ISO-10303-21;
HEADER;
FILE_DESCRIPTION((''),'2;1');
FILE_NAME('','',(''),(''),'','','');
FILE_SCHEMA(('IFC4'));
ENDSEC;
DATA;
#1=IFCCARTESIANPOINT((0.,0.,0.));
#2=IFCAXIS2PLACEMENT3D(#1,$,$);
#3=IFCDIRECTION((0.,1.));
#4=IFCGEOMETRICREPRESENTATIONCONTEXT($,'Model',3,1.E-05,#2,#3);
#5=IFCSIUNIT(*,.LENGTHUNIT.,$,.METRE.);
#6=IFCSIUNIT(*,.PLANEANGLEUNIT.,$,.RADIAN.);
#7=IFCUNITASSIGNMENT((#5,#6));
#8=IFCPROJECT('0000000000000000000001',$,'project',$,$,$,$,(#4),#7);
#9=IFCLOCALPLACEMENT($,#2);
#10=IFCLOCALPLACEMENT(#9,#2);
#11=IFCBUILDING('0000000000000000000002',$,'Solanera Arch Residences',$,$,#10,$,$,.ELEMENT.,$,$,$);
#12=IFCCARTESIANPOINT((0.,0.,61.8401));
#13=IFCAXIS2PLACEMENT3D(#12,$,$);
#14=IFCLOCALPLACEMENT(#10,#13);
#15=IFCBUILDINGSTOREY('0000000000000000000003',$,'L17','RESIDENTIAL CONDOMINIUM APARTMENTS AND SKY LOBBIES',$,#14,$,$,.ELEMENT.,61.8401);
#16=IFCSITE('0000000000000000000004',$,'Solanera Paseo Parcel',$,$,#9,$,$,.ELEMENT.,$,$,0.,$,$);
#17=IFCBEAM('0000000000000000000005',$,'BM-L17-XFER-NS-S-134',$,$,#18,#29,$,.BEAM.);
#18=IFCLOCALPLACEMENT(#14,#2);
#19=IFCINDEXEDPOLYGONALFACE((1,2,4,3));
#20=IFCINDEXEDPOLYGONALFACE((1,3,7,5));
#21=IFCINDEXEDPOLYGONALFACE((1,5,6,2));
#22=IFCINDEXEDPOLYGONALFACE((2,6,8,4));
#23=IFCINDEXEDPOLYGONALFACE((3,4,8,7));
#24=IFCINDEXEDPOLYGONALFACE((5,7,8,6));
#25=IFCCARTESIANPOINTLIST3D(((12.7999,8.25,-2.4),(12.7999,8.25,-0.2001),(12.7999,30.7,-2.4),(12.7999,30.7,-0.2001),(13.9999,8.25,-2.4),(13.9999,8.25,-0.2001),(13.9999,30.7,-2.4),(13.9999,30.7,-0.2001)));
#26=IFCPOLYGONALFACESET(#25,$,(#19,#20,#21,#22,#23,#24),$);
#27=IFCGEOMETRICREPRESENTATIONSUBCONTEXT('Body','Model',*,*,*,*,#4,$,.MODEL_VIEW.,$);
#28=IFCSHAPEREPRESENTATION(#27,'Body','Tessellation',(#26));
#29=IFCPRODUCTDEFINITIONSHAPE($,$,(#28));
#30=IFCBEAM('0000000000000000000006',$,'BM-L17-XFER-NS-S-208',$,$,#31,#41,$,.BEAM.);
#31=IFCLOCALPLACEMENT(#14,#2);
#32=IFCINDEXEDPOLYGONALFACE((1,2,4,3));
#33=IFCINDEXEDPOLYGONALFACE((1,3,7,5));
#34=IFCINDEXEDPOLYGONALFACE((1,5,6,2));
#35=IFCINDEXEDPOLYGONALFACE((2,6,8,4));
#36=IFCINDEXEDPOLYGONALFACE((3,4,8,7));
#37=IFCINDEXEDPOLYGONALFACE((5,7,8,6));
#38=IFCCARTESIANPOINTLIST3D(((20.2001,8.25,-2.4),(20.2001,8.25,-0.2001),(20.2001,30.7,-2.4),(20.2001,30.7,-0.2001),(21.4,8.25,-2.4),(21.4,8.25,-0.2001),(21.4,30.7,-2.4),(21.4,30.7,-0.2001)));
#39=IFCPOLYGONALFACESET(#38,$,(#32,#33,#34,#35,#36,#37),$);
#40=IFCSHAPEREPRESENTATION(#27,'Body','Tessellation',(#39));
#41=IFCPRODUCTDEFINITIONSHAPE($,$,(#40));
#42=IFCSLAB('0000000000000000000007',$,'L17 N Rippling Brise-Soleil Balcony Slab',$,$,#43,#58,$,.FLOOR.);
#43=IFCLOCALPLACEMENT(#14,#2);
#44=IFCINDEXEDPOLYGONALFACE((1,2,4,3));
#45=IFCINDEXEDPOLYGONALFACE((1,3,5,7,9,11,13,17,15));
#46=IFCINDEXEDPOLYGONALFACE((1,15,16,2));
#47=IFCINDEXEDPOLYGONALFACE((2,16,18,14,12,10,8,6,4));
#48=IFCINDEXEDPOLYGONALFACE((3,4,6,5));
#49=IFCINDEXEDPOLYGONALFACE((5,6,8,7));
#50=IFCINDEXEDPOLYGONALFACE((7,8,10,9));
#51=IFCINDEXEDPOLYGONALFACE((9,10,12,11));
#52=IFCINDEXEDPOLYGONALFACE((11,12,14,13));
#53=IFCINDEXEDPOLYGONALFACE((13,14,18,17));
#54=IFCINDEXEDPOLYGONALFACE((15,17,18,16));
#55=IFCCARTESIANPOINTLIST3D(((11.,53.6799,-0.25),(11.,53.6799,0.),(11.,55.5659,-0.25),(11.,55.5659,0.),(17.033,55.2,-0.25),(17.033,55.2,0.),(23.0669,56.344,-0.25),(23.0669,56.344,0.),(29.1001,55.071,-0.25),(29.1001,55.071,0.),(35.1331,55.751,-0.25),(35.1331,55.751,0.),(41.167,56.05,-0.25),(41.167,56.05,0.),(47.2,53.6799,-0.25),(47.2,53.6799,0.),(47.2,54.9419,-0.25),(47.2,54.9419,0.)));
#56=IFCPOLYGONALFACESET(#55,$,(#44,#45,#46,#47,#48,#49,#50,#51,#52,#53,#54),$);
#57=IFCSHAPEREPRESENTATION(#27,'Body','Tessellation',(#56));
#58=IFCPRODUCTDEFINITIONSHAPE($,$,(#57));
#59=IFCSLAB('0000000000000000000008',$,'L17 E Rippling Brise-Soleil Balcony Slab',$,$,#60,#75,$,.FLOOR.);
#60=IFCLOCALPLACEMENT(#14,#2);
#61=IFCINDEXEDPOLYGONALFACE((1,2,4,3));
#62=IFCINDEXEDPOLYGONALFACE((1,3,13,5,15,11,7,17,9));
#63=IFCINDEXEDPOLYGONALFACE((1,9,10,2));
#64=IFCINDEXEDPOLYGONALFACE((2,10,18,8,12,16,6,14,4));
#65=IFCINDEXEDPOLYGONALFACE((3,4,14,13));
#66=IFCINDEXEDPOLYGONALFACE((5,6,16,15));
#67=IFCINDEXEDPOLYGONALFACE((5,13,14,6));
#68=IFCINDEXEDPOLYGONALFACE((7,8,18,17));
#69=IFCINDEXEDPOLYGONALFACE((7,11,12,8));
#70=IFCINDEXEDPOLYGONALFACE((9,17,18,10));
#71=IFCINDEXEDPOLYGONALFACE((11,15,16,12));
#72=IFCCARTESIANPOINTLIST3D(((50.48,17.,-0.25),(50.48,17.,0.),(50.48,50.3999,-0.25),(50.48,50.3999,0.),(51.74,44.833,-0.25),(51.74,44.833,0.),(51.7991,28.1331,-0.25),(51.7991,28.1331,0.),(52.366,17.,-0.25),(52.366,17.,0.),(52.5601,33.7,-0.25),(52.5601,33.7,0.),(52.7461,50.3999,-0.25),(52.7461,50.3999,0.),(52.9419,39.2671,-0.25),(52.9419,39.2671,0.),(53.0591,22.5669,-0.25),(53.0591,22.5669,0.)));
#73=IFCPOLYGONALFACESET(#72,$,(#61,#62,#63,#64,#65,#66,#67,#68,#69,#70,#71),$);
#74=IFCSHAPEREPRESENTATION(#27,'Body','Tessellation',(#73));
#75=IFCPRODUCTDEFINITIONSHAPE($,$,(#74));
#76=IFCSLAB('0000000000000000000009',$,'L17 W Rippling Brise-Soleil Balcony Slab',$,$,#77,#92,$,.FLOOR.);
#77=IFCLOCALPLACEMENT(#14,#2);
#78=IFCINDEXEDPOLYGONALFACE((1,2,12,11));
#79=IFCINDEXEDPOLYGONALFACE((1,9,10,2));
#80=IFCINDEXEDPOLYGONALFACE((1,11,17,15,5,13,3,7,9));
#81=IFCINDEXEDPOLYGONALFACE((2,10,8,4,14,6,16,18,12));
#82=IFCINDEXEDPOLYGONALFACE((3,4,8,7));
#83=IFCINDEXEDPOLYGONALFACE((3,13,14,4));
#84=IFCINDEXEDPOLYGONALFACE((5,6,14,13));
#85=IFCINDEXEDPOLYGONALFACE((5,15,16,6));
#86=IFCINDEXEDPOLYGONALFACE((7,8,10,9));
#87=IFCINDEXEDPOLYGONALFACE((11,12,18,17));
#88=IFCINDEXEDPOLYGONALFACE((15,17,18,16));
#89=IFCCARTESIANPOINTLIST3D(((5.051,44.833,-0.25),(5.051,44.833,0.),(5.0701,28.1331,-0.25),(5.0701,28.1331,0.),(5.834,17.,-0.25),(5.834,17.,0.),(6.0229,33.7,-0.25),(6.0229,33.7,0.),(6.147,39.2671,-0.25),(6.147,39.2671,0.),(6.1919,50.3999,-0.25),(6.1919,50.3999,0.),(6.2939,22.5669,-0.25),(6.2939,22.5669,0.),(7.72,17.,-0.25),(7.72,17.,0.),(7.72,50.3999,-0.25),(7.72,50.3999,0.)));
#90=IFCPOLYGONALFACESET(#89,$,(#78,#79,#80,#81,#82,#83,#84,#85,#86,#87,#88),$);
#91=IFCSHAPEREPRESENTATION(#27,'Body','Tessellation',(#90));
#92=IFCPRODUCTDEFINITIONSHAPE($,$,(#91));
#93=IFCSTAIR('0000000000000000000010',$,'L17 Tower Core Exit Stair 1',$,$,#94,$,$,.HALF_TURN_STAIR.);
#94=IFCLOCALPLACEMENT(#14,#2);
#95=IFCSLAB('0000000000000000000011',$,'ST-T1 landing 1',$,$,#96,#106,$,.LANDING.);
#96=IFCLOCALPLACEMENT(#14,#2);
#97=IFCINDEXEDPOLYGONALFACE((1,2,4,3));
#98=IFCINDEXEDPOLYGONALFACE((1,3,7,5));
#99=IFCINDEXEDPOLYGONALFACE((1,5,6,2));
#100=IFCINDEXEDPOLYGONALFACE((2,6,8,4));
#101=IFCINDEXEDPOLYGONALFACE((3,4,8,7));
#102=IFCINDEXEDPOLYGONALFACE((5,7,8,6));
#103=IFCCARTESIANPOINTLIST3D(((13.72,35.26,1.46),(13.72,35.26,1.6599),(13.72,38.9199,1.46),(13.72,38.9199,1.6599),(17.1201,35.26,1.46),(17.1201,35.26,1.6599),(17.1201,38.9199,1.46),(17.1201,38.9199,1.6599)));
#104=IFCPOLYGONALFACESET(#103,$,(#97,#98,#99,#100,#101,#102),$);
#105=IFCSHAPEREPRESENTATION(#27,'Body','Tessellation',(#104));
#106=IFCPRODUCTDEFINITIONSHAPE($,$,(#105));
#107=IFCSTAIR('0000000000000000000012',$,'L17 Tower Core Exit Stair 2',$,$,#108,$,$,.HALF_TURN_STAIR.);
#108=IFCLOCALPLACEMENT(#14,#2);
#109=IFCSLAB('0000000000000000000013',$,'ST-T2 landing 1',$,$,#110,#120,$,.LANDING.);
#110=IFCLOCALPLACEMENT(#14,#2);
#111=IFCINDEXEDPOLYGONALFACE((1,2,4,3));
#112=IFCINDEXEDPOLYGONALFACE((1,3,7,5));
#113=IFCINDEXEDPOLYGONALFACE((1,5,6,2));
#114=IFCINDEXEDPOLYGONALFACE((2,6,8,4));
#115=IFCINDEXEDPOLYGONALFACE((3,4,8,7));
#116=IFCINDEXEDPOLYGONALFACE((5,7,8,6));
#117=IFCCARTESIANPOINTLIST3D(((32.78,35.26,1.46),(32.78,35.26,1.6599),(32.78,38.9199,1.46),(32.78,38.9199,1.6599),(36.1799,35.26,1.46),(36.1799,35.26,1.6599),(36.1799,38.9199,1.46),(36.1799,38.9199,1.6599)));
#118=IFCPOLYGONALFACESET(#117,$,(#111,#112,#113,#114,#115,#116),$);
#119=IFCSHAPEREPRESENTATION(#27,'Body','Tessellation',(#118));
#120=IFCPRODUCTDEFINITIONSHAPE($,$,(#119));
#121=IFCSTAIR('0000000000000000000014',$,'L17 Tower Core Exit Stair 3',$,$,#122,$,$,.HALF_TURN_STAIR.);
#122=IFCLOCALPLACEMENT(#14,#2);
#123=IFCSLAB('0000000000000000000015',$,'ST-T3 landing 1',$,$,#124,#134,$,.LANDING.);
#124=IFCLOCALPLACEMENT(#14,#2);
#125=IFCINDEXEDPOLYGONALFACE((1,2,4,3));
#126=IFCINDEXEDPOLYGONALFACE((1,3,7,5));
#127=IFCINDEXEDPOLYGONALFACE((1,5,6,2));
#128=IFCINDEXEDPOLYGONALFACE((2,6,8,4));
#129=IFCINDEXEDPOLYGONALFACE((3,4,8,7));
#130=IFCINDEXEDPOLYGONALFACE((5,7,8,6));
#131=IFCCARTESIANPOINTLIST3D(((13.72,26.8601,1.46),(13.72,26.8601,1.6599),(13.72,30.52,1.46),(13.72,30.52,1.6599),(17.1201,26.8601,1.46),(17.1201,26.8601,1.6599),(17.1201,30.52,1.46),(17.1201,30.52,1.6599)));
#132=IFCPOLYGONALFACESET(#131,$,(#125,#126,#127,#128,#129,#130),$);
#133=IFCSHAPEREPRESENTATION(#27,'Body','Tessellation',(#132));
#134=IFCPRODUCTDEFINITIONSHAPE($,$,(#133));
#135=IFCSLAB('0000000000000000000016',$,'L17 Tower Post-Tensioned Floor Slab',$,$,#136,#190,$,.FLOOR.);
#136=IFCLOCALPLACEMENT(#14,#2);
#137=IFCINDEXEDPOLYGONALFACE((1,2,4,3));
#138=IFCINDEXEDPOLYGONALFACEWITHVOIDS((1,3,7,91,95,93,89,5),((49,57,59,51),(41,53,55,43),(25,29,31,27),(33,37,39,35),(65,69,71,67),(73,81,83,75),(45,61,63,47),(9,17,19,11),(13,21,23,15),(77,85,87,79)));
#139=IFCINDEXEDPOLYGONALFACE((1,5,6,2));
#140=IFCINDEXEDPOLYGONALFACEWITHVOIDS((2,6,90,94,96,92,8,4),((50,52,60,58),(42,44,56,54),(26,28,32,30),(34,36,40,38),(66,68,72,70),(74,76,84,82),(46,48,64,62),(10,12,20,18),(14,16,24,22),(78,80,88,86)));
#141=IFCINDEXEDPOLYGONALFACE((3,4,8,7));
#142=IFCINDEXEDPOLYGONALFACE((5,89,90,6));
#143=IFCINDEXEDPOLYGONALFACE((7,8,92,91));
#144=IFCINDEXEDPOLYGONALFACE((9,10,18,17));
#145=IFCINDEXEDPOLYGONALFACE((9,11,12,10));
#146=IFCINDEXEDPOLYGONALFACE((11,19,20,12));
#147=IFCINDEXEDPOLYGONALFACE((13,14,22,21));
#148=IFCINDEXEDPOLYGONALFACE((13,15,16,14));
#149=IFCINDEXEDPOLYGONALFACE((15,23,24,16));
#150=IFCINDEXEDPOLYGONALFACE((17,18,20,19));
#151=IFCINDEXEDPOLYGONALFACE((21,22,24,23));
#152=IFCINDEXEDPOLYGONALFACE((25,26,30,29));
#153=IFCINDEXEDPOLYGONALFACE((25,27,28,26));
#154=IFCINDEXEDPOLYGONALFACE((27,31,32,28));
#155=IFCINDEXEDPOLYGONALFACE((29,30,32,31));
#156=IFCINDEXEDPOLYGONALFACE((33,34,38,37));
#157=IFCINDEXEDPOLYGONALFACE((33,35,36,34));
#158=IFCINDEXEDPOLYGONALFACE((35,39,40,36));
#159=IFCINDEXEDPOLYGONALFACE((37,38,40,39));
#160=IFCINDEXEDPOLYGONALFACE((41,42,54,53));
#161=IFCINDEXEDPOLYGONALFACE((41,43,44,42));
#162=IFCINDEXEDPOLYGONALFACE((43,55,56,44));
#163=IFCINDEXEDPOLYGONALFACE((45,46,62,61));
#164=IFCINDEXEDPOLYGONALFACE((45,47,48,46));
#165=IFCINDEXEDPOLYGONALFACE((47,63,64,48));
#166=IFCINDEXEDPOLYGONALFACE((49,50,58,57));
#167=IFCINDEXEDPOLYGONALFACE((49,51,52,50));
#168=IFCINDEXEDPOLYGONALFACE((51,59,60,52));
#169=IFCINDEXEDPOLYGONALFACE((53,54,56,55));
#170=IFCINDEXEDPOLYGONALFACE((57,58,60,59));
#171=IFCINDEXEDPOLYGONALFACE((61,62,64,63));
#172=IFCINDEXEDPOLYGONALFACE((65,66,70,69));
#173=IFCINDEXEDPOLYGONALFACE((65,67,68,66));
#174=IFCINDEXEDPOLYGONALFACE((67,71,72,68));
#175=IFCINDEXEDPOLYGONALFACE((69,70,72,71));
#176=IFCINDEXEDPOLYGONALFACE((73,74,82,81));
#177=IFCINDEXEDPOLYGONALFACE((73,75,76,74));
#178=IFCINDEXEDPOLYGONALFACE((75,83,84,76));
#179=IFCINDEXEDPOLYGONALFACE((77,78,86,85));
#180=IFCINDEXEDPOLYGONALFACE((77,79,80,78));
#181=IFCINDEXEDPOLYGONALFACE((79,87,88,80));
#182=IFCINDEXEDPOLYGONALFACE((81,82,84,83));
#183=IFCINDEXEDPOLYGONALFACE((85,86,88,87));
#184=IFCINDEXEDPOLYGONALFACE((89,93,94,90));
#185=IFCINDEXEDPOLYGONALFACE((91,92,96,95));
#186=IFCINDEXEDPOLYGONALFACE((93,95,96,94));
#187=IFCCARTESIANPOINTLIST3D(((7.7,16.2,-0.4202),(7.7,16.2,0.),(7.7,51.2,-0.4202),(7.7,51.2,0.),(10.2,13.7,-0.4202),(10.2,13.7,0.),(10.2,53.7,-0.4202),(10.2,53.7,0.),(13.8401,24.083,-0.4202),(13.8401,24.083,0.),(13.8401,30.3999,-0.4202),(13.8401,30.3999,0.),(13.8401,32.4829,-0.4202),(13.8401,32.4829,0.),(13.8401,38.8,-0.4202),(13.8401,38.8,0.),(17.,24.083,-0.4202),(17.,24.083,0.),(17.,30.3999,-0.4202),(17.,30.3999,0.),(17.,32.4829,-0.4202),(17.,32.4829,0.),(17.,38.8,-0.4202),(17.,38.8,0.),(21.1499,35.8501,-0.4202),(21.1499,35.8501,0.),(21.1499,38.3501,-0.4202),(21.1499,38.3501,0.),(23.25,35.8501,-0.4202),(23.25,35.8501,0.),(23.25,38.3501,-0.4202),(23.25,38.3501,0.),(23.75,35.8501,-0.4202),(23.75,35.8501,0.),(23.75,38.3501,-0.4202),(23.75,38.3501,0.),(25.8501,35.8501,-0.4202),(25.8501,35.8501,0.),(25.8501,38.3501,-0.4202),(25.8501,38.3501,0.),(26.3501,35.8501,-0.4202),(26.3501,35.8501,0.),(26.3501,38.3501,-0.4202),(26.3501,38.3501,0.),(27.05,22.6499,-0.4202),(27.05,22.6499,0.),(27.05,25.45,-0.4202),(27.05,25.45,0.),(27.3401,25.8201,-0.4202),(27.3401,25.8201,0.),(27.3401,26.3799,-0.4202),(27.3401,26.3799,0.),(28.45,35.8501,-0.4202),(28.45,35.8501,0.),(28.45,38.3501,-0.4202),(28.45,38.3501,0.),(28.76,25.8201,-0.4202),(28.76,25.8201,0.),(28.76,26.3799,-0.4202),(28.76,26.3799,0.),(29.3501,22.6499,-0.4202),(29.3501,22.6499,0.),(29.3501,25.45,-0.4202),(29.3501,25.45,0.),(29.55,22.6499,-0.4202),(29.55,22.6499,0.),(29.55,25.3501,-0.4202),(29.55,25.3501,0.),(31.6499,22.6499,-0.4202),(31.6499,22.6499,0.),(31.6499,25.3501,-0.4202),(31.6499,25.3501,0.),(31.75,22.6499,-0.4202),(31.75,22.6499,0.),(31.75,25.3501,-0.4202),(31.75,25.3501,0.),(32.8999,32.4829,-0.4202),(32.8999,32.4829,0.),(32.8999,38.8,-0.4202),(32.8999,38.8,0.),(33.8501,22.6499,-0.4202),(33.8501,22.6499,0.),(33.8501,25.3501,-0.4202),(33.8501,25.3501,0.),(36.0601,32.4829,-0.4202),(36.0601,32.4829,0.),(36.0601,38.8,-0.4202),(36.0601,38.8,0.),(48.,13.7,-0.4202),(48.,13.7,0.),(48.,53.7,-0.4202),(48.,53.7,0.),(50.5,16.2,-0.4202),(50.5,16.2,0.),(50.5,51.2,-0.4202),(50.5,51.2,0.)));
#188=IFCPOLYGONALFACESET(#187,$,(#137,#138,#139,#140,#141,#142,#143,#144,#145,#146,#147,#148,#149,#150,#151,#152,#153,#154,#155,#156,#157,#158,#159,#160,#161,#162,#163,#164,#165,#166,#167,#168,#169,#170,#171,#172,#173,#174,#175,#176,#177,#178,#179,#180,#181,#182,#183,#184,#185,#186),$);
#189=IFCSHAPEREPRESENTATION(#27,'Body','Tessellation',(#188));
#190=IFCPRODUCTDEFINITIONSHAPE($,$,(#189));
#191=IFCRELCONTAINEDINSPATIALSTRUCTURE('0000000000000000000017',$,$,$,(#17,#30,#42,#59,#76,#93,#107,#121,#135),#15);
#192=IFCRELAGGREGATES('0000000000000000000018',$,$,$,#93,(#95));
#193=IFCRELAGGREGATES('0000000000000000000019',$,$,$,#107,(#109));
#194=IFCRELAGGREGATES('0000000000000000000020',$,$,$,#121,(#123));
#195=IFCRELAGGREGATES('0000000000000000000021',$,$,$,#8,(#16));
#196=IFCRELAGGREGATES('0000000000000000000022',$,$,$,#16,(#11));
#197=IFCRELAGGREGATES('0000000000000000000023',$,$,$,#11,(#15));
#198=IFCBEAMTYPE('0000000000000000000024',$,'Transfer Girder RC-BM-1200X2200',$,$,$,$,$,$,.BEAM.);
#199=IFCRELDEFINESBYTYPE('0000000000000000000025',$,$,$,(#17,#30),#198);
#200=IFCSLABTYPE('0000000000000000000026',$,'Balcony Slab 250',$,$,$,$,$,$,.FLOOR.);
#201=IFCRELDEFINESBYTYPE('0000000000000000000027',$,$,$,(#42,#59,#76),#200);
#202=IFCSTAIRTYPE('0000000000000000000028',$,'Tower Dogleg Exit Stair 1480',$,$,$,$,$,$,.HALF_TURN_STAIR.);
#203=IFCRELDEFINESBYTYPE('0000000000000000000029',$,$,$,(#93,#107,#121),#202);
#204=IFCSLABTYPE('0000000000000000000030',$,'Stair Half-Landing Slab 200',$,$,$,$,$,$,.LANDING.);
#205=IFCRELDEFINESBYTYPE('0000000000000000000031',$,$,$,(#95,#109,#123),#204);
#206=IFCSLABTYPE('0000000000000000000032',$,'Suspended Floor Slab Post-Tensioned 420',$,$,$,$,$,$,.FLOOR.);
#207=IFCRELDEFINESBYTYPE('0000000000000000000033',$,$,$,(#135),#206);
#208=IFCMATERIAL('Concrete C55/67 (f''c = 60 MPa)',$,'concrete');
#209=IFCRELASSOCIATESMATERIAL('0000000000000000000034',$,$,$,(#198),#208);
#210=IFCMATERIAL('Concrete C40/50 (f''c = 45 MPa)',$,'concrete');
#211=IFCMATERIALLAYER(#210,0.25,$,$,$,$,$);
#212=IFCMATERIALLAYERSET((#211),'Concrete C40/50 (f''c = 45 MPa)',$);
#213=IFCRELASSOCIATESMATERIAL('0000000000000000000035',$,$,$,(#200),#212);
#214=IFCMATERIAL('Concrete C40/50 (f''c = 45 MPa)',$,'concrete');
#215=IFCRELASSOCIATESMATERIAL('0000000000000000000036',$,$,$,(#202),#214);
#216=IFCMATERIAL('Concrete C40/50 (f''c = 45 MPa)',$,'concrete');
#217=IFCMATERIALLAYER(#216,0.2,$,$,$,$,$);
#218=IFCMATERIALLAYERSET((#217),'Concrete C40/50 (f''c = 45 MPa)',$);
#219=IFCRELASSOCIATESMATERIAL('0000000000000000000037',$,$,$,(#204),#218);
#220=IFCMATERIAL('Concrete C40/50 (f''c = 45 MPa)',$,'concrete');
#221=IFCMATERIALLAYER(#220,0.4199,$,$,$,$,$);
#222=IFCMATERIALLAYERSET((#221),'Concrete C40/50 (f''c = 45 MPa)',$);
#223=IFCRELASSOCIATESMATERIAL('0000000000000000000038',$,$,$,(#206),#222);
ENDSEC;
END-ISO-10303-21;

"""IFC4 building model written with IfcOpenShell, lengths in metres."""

from ifc_helpers import new_model, si_unit, direction, frame, origin, origin_2d, place, context, subcontext, project, spatial, polyline, rectangle, outline, extrude, material, layer, layer_set, material_profile, profile_set, type_object, element, aggregate, save


model = new_model("IFC4")

# Units and contexts
model_context = context("Model", 3, precision=1e-05, world=origin(), true_north=direction((0.0, 1.0)))
body_context = subcontext(model_context, "Body", "Model", "MODEL_VIEW")
ifc_project = project(units=[si_unit("LENGTHUNIT", "METRE"), si_unit("PLANEANGLEUNIT", "RADIAN")], contexts=[model_context])

# Site, building, storey
site_placement = place(None, origin())
site = spatial("IfcSite", under=ifc_project, at=site_placement, Name="Solanera Paseo Parcel", CompositionType="ELEMENT", RefElevation=0.0)
building_placement = place(site_placement, origin())
building = spatial("IfcBuilding", under=site, at=building_placement, Name="Solanera Arch Residences", CompositionType="ELEMENT")
storey_placement = place(building_placement, frame((0.0, 0.0, 61.8401)))
storey = spatial("IfcBuildingStorey", under=building, at=storey_placement, Name="L17", Description="RESIDENTIAL CONDOMINIUM APARTMENTS AND SKY LOBBIES", CompositionType="ELEMENT", Elevation=61.8401)

# Beams
ifc_material_1 = material(Name="Concrete C55/67 (f'c = 60 MPa)", Category="concrete")
ifc_material_profile = material_profile(ifc_material_1, rectangle(XDim=1.2, YDim=2.2, at=origin_2d()))
ifc_profile_set = profile_set([ifc_material_profile], Name="Concrete C55/67 (f'c = 60 MPa)")
beam_type = type_object("IfcBeamType", Name="Transfer Girder RC-BM-1200X2200", PredefinedType="BEAM", material=ifc_profile_set)
for number, where, z_axis, x_axis, name in (
    (1, (13.3999, 8.25, -1.3), (0.0, 1.0, 0.0), (-1.0, 0.0, 0.0), "BM-L17-XFER-NS-S-134"),
    (2, (20.8, 8.25, -1.3), (0.0, 1.0, 0.0), (-1.0, 0.0, 0.0), "BM-L17-XFER-NS-S-208"),
):
    element("IfcBeam", number, at=place(storey_placement, frame(where, z_axis=z_axis, x_axis=x_axis)), inside=storey, type_object=beam_type, Name=name, PredefinedType="BEAM", context=body_context, shape_type="SweptSolid", body=[
        extrude(rectangle(XDim=1.2, YDim=2.2, at=origin_2d()), origin(), (0.0, 0.0, 1.0), 22.45),
    ])

# Slabs
ifc_material_2 = material(Name="Concrete C40/50 (f'c = 45 MPa)", Category="concrete")
ifc_layer_1 = layer(ifc_material_2, 0.25)
ifc_layer_set_1 = layer_set([ifc_layer_1], Name="Concrete C40/50 (f'c = 45 MPa)")
slab_type_1 = type_object("IfcSlabType", Name="Balcony Slab 250", PredefinedType="FLOOR", material=ifc_layer_set_1)
slab_1_placement = place(storey_placement, frame((0.0, 0.0, -0.25)))
element("IfcSlab", 3, at=slab_1_placement, inside=storey, type_object=slab_type_1, Name="L17 N Rippling Brise-Soleil Balcony Slab", PredefinedType="FLOOR", context=body_context, shape_type="SweptSolid", body=[
    extrude(outline(polyline([(47.2, 54.9419), (41.167, 56.05), (35.1331, 55.751), (29.1001, 55.071), (23.0669, 56.344), (17.033, 55.2), (11.0, 55.5659), (11.0, 53.6799), (47.2, 53.6799), (47.2, 54.9419)])), origin(), (0.0, 0.0, 1.0), 0.25),
])
slab_2_placement = place(storey_placement, frame((0.0, 0.0, -0.25)))
element("IfcSlab", 4, at=slab_2_placement, inside=storey, type_object=slab_type_1, Name="L17 E Rippling Brise-Soleil Balcony Slab", PredefinedType="FLOOR", context=body_context, shape_type="SweptSolid", body=[
    extrude(outline(polyline([(52.366, 17.0), (53.0591, 22.5669), (51.7991, 28.1331), (52.5601, 33.7), (52.9419, 39.2671), (51.74, 44.833), (52.7461, 50.3999), (50.48, 50.3999), (50.48, 17.0), (52.366, 17.0)])), origin(), (0.0, 0.0, 1.0), 0.25),
])
slab_3_placement = place(storey_placement, frame((0.0, 0.0, -0.25)))
element("IfcSlab", 5, at=slab_3_placement, inside=storey, type_object=slab_type_1, Name="L17 W Rippling Brise-Soleil Balcony Slab", PredefinedType="FLOOR", context=body_context, shape_type="SweptSolid", body=[
    extrude(outline(polyline([(6.1919, 50.3999), (5.051, 44.833), (6.147, 39.2671), (6.0229, 33.7), (5.0701, 28.1331), (6.2939, 22.5669), (5.834, 17.0), (7.72, 17.0), (7.72, 50.3999), (6.1919, 50.3999)])), origin(), (0.0, 0.0, 1.0), 0.25),
])

# Stairs, slabs
ifc_material_3 = material(Name="Concrete C40/50 (f'c = 45 MPa)", Category="concrete")
stair_type = type_object("IfcStairType", Name="Tower Dogleg Exit Stair 1480", PredefinedType="HALF_TURN_STAIR", material=ifc_material_3)
stair_1_placement = place(storey_placement, origin())
stair_1 = element("IfcStair", 6, at=stair_1_placement, inside=storey, type_object=stair_type, Name="L17 Tower Core Exit Stair 1", PredefinedType="HALF_TURN_STAIR")
ifc_material_4 = material(Name="Concrete C40/50 (f'c = 45 MPa)", Category="concrete")
ifc_layer_2 = layer(ifc_material_4, 0.2)
ifc_layer_set_2 = layer_set([ifc_layer_2], Name="Concrete C40/50 (f'c = 45 MPa)")
slab_type_2 = type_object("IfcSlabType", Name="Stair Half-Landing Slab 200", PredefinedType="LANDING", material=ifc_layer_set_2)
slab_4_placement = place(storey_placement, frame((0.0, 0.0, 1.46)))
slab_4 = element("IfcSlab", 7, at=slab_4_placement, type_object=slab_type_2, Name="ST-T1 landing 1", PredefinedType="LANDING", context=body_context, shape_type="SweptSolid", body=[
    extrude(outline(polyline([(17.1201, 35.26), (17.1201, 38.9199), (13.72, 38.9199), (13.72, 35.26), (17.1201, 35.26)])), origin(), (0.0, 0.0, 1.0), 0.2),
])
aggregate(stair_1, [slab_4])
stair_2_placement = place(storey_placement, origin())
stair_2 = element("IfcStair", 8, at=stair_2_placement, inside=storey, type_object=stair_type, Name="L17 Tower Core Exit Stair 2", PredefinedType="HALF_TURN_STAIR")
slab_5_placement = place(storey_placement, frame((0.0, 0.0, 1.46)))
slab_5 = element("IfcSlab", 9, at=slab_5_placement, type_object=slab_type_2, Name="ST-T2 landing 1", PredefinedType="LANDING", context=body_context, shape_type="SweptSolid", body=[
    extrude(outline(polyline([(36.1799, 35.26), (36.1799, 38.9199), (32.78, 38.9199), (32.78, 35.26), (36.1799, 35.26)])), origin(), (0.0, 0.0, 1.0), 0.2),
])
aggregate(stair_2, [slab_5])
stair_3_placement = place(storey_placement, origin())
stair_3 = element("IfcStair", 10, at=stair_3_placement, inside=storey, type_object=stair_type, Name="L17 Tower Core Exit Stair 3", PredefinedType="HALF_TURN_STAIR")
slab_6_placement = place(storey_placement, frame((0.0, 0.0, 1.46)))
slab_6 = element("IfcSlab", 11, at=slab_6_placement, type_object=slab_type_2, Name="ST-T3 landing 1", PredefinedType="LANDING", context=body_context, shape_type="SweptSolid", body=[
    extrude(outline(polyline([(17.1201, 26.8601), (17.1201, 30.52), (13.72, 30.52), (13.72, 26.8601), (17.1201, 26.8601)])), origin(), (0.0, 0.0, 1.0), 0.2),
])
aggregate(stair_3, [slab_6])

# Slab
ifc_material_5 = material(Name="Concrete C40/50 (f'c = 45 MPa)", Category="concrete")
ifc_layer_3 = layer(ifc_material_5, 0.4199)
ifc_layer_set_3 = layer_set([ifc_layer_3], Name="Concrete C40/50 (f'c = 45 MPa)")
slab_type_3 = type_object("IfcSlabType", Name="Suspended Floor Slab Post-Tensioned 420", PredefinedType="FLOOR", material=ifc_layer_set_3)
slab_7_placement = place(storey_placement, frame((0.0, 0.0, -0.4202)))
element("IfcSlab", 12, at=slab_7_placement, inside=storey, type_object=slab_type_3, Name="L17 Tower Post-Tensioned Floor Slab", PredefinedType="FLOOR", context=body_context, shape_type="SweptSolid", body=[
    extrude(outline(polyline([(10.2, 13.7), (48.0, 13.7), (50.5, 16.2), (50.5, 51.2), (48.0, 53.7), (10.2, 53.7), (7.7, 51.2), (7.7, 16.2), (10.2, 13.7)]), holes=[polyline([(13.8401, 32.4829), (13.8401, 38.8), (17.0, 38.8), (17.0, 32.4829), (13.8401, 32.4829)]), polyline([(32.8999, 32.4829), (32.8999, 38.8), (36.0601, 38.8), (36.0601, 32.4829), (32.8999, 32.4829)]), polyline([(13.8401, 24.083), (13.8401, 30.3999), (17.0, 30.3999), (17.0, 24.083), (13.8401, 24.083)]), polyline([(21.1499, 38.3501), (23.25, 38.3501), (23.25, 35.8501), (21.1499, 35.8501), (21.1499, 38.3501)]), polyline([(23.75, 38.3501), (25.8501, 38.3501), (25.8501, 35.8501), (23.75, 35.8501), (23.75, 38.3501)]), polyline([(26.3501, 38.3501), (28.45, 38.3501), (28.45, 35.8501), (26.3501, 35.8501), (26.3501, 38.3501)]), polyline([(29.55, 25.3501), (31.6499, 25.3501), (31.6499, 22.6499), (29.55, 22.6499), (29.55, 25.3501)]), polyline([(31.75, 25.3501), (33.8501, 25.3501), (33.8501, 22.6499), (31.75, 22.6499), (31.75, 25.3501)]), polyline([(27.05, 25.45), (29.3501, 25.45), (29.3501, 22.6499), (27.05, 22.6499), (27.05, 25.45)]), polyline([(27.3401, 26.3799), (28.76, 26.3799), (28.76, 25.8201), (27.3401, 25.8201), (27.3401, 26.3799)])]), origin(), (0.0, 0.0, 1.0), 0.4202),
])

save(model, "model.ifc")
